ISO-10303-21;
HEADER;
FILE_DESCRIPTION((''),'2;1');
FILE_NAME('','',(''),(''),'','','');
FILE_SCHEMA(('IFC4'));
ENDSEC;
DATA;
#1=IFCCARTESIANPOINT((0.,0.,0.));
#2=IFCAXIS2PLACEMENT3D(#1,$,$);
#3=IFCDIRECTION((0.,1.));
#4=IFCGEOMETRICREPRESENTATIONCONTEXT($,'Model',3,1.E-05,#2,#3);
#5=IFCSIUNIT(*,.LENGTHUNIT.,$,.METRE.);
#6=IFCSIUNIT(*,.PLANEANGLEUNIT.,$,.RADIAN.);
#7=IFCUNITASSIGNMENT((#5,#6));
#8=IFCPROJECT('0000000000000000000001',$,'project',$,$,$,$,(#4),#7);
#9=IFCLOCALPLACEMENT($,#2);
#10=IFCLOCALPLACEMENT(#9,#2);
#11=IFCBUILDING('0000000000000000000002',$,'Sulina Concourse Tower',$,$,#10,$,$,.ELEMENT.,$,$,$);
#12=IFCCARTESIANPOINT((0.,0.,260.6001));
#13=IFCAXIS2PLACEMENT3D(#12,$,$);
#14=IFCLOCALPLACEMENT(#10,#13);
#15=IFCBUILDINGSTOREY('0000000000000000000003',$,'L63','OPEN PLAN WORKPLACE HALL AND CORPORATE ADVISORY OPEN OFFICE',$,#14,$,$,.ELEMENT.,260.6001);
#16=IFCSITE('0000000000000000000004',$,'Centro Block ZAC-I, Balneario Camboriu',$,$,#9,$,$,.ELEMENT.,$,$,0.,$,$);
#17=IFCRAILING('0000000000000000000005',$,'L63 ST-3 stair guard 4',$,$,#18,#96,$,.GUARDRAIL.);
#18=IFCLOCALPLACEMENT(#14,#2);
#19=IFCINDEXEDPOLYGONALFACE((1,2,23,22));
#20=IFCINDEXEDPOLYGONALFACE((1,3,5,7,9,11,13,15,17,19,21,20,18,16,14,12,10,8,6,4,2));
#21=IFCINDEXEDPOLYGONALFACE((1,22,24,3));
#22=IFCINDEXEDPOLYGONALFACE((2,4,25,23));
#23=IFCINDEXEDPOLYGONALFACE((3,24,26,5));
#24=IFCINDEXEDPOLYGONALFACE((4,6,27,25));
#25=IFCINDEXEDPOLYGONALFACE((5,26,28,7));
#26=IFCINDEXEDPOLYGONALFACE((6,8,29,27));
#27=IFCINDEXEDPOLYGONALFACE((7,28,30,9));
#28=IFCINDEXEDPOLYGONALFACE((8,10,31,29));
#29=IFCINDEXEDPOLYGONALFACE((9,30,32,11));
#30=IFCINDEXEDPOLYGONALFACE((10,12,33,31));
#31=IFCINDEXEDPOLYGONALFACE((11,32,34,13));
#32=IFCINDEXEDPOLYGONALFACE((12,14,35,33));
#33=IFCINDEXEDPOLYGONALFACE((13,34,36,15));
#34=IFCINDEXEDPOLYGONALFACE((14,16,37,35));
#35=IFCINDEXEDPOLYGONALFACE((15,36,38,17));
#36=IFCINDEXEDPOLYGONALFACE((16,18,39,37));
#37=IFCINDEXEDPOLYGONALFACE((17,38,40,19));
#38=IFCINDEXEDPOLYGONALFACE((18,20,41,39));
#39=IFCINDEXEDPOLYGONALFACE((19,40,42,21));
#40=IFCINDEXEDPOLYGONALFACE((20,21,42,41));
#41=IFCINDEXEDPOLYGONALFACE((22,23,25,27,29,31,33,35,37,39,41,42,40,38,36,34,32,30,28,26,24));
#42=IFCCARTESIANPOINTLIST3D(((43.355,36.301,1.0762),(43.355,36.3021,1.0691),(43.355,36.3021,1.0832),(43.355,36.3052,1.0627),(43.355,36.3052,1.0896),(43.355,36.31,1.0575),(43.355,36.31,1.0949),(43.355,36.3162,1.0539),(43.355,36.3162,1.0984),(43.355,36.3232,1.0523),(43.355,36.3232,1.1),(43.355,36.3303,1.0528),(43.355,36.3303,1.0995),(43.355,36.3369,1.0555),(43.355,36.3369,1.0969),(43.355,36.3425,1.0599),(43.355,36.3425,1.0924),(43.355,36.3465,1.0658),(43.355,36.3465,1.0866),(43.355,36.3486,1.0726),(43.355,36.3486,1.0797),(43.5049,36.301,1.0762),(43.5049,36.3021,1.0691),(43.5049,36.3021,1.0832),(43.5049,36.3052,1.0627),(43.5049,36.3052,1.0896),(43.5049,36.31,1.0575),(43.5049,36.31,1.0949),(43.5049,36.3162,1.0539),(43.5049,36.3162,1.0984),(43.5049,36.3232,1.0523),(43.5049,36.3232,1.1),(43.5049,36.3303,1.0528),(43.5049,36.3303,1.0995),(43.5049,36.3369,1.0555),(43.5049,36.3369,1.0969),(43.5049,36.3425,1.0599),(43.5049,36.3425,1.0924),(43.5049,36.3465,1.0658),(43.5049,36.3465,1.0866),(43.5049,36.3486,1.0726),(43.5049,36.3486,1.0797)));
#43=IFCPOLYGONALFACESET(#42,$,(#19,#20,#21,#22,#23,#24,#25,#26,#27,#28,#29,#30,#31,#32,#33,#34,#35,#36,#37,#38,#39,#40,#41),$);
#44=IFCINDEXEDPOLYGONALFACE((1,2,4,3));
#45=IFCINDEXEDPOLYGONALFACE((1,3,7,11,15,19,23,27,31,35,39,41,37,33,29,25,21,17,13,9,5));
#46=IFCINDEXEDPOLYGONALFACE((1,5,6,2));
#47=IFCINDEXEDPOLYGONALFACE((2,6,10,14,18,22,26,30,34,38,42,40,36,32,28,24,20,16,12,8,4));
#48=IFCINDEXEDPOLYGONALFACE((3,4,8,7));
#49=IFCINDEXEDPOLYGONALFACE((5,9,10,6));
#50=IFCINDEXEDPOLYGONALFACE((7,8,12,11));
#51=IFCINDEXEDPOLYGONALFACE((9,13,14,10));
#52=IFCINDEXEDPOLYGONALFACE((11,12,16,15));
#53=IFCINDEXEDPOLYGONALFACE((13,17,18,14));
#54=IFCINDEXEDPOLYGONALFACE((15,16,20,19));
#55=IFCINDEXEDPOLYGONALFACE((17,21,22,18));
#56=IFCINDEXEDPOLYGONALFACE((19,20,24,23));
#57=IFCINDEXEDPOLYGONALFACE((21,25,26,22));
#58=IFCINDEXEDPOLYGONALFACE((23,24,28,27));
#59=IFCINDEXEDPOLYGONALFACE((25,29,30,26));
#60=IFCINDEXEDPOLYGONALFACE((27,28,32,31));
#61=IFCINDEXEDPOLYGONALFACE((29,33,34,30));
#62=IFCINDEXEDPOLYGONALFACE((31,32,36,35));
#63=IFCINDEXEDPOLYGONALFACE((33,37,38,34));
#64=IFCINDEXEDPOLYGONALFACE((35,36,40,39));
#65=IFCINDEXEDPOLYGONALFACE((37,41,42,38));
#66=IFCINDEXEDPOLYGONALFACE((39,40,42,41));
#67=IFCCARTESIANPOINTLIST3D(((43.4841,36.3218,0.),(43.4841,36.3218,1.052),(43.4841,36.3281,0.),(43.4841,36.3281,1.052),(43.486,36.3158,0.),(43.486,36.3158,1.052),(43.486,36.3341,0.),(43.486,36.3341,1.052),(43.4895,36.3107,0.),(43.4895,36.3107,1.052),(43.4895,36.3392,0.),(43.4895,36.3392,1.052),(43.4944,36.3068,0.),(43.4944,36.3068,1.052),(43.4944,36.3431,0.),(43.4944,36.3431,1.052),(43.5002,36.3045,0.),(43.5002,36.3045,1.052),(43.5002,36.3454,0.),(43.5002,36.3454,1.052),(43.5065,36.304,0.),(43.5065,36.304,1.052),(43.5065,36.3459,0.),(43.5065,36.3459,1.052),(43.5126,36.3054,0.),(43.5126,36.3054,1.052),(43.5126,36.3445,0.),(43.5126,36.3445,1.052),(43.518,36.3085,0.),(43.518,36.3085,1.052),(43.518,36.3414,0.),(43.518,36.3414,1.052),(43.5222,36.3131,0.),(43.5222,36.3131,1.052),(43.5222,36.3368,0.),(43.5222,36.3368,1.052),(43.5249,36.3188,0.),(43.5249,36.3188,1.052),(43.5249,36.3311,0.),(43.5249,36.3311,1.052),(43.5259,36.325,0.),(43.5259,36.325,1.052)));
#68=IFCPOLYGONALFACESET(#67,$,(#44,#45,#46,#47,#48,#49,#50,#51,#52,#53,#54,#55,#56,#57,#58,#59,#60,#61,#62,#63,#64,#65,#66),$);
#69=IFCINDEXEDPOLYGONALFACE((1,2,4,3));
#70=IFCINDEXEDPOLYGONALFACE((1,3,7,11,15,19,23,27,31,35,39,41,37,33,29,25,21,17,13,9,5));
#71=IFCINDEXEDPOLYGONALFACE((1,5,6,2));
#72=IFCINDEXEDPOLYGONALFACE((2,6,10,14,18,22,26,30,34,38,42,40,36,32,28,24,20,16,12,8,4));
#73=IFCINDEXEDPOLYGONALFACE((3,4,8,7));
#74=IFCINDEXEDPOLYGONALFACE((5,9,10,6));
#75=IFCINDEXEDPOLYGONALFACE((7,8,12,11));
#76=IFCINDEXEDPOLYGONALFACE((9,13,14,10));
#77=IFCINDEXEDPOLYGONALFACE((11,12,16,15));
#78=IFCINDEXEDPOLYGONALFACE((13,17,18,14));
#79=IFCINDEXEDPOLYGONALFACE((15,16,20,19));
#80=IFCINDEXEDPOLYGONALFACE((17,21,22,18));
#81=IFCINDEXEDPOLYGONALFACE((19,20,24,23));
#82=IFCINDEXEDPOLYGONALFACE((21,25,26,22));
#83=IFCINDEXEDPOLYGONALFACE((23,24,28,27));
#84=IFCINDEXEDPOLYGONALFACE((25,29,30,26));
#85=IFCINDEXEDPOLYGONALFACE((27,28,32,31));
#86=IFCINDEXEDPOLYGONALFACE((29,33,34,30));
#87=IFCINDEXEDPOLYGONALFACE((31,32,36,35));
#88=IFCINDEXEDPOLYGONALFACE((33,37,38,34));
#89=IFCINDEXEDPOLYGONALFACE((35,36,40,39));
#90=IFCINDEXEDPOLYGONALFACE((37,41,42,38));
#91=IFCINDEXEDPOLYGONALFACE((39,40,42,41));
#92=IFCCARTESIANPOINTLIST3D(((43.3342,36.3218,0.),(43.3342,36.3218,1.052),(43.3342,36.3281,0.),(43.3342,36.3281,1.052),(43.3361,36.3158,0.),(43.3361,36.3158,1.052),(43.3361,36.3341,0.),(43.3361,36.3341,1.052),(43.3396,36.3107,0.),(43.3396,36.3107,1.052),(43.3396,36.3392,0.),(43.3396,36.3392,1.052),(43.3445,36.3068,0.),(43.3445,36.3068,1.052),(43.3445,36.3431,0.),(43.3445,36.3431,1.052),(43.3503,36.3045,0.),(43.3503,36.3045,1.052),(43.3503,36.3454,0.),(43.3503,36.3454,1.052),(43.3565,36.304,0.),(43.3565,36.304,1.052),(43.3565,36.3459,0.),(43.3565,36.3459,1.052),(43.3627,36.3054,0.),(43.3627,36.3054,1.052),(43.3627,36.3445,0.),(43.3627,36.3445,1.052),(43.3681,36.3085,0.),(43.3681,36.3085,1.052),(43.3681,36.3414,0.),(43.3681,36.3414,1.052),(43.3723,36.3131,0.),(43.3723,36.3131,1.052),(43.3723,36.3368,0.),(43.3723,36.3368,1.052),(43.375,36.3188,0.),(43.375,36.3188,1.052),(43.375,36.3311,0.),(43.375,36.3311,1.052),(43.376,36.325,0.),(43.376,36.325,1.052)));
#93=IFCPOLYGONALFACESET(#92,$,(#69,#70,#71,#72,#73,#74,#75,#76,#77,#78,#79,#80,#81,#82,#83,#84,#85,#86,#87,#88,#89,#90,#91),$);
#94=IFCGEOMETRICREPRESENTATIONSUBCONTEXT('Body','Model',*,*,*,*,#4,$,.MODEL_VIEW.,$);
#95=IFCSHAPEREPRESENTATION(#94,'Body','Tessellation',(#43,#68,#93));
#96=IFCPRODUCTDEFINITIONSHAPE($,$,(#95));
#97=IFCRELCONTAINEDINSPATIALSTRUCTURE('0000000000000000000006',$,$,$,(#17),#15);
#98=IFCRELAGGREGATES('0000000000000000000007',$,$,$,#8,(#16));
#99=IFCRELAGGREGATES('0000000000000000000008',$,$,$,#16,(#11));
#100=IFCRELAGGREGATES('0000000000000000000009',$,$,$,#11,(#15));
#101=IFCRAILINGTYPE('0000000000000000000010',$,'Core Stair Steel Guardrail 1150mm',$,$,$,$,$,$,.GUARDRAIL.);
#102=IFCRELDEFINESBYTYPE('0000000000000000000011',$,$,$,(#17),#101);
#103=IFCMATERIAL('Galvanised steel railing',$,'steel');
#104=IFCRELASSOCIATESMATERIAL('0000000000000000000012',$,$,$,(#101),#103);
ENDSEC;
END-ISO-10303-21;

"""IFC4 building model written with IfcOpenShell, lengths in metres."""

from ifc_helpers import new_model, si_unit, direction, frame, origin, origin_2d, place, context, subcontext, project, spatial, circle, extrude, material, type_object, element, save


model = new_model("IFC4")

# Units and contexts
model_context = context("Model", 3, precision=1e-05, world=origin(), true_north=direction((0.0, 1.0)))
body_context = subcontext(model_context, "Body", "Model", "MODEL_VIEW")
ifc_project = project(units=[si_unit("LENGTHUNIT", "METRE"), si_unit("PLANEANGLEUNIT", "RADIAN")], contexts=[model_context])

# Site, building, storey
site_placement = place(None, origin())
site = spatial("IfcSite", under=ifc_project, at=site_placement, Name="Centro Block ZAC-I, Balneario Camboriu", CompositionType="ELEMENT", RefElevation=0.0)
building_placement = place(site_placement, origin())
building = spatial("IfcBuilding", under=site, at=building_placement, Name="Sulina Concourse Tower", CompositionType="ELEMENT")
storey_placement = place(building_placement, frame((0.0, 0.0, 260.6001)))
storey = spatial("IfcBuildingStorey", under=building, at=storey_placement, Name="L63", Description="OPEN PLAN WORKPLACE HALL AND CORPORATE ADVISORY OPEN OFFICE", CompositionType="ELEMENT", Elevation=260.6001)

# Railing
ifc_material_1 = material(Name="Galvanised steel railing", Category="steel")
railing_type_1 = type_object("IfcRailingType", Name="Core Stair Steel Guardrail 1150mm", PredefinedType="GUARDRAIL", material=ifc_material_1)
railing_1_placement = place(storey_placement, frame((43.5049, 36.325, 0.0)))
element("IfcRailing", 1, at=railing_1_placement, inside=storey, type_object=railing_type_1, Name="L63 ST-3 stair guard 4", PredefinedType="GUARDRAIL", context=body_context, shape_type="SweptSolid", body=[
    extrude(circle(Radius=0.0239, at=origin_2d()), frame((0.0, 0.0, 1.0762), z_axis=(-1.0, 0.0, 0.0), x_axis=(0.0, -1.0, 0.0)), (0.0, 0.0, 1.0), 0.1499),
    extrude(circle(Radius=0.021, at=origin_2d()), origin(), (0.0, 0.0, 1.0), 1.052),
    extrude(circle(Radius=0.021, at=origin_2d()), frame((-0.1499, 0.0, 0.0)), (0.0, 0.0, 1.0), 1.052),
])

save(model, "model.ifc")
